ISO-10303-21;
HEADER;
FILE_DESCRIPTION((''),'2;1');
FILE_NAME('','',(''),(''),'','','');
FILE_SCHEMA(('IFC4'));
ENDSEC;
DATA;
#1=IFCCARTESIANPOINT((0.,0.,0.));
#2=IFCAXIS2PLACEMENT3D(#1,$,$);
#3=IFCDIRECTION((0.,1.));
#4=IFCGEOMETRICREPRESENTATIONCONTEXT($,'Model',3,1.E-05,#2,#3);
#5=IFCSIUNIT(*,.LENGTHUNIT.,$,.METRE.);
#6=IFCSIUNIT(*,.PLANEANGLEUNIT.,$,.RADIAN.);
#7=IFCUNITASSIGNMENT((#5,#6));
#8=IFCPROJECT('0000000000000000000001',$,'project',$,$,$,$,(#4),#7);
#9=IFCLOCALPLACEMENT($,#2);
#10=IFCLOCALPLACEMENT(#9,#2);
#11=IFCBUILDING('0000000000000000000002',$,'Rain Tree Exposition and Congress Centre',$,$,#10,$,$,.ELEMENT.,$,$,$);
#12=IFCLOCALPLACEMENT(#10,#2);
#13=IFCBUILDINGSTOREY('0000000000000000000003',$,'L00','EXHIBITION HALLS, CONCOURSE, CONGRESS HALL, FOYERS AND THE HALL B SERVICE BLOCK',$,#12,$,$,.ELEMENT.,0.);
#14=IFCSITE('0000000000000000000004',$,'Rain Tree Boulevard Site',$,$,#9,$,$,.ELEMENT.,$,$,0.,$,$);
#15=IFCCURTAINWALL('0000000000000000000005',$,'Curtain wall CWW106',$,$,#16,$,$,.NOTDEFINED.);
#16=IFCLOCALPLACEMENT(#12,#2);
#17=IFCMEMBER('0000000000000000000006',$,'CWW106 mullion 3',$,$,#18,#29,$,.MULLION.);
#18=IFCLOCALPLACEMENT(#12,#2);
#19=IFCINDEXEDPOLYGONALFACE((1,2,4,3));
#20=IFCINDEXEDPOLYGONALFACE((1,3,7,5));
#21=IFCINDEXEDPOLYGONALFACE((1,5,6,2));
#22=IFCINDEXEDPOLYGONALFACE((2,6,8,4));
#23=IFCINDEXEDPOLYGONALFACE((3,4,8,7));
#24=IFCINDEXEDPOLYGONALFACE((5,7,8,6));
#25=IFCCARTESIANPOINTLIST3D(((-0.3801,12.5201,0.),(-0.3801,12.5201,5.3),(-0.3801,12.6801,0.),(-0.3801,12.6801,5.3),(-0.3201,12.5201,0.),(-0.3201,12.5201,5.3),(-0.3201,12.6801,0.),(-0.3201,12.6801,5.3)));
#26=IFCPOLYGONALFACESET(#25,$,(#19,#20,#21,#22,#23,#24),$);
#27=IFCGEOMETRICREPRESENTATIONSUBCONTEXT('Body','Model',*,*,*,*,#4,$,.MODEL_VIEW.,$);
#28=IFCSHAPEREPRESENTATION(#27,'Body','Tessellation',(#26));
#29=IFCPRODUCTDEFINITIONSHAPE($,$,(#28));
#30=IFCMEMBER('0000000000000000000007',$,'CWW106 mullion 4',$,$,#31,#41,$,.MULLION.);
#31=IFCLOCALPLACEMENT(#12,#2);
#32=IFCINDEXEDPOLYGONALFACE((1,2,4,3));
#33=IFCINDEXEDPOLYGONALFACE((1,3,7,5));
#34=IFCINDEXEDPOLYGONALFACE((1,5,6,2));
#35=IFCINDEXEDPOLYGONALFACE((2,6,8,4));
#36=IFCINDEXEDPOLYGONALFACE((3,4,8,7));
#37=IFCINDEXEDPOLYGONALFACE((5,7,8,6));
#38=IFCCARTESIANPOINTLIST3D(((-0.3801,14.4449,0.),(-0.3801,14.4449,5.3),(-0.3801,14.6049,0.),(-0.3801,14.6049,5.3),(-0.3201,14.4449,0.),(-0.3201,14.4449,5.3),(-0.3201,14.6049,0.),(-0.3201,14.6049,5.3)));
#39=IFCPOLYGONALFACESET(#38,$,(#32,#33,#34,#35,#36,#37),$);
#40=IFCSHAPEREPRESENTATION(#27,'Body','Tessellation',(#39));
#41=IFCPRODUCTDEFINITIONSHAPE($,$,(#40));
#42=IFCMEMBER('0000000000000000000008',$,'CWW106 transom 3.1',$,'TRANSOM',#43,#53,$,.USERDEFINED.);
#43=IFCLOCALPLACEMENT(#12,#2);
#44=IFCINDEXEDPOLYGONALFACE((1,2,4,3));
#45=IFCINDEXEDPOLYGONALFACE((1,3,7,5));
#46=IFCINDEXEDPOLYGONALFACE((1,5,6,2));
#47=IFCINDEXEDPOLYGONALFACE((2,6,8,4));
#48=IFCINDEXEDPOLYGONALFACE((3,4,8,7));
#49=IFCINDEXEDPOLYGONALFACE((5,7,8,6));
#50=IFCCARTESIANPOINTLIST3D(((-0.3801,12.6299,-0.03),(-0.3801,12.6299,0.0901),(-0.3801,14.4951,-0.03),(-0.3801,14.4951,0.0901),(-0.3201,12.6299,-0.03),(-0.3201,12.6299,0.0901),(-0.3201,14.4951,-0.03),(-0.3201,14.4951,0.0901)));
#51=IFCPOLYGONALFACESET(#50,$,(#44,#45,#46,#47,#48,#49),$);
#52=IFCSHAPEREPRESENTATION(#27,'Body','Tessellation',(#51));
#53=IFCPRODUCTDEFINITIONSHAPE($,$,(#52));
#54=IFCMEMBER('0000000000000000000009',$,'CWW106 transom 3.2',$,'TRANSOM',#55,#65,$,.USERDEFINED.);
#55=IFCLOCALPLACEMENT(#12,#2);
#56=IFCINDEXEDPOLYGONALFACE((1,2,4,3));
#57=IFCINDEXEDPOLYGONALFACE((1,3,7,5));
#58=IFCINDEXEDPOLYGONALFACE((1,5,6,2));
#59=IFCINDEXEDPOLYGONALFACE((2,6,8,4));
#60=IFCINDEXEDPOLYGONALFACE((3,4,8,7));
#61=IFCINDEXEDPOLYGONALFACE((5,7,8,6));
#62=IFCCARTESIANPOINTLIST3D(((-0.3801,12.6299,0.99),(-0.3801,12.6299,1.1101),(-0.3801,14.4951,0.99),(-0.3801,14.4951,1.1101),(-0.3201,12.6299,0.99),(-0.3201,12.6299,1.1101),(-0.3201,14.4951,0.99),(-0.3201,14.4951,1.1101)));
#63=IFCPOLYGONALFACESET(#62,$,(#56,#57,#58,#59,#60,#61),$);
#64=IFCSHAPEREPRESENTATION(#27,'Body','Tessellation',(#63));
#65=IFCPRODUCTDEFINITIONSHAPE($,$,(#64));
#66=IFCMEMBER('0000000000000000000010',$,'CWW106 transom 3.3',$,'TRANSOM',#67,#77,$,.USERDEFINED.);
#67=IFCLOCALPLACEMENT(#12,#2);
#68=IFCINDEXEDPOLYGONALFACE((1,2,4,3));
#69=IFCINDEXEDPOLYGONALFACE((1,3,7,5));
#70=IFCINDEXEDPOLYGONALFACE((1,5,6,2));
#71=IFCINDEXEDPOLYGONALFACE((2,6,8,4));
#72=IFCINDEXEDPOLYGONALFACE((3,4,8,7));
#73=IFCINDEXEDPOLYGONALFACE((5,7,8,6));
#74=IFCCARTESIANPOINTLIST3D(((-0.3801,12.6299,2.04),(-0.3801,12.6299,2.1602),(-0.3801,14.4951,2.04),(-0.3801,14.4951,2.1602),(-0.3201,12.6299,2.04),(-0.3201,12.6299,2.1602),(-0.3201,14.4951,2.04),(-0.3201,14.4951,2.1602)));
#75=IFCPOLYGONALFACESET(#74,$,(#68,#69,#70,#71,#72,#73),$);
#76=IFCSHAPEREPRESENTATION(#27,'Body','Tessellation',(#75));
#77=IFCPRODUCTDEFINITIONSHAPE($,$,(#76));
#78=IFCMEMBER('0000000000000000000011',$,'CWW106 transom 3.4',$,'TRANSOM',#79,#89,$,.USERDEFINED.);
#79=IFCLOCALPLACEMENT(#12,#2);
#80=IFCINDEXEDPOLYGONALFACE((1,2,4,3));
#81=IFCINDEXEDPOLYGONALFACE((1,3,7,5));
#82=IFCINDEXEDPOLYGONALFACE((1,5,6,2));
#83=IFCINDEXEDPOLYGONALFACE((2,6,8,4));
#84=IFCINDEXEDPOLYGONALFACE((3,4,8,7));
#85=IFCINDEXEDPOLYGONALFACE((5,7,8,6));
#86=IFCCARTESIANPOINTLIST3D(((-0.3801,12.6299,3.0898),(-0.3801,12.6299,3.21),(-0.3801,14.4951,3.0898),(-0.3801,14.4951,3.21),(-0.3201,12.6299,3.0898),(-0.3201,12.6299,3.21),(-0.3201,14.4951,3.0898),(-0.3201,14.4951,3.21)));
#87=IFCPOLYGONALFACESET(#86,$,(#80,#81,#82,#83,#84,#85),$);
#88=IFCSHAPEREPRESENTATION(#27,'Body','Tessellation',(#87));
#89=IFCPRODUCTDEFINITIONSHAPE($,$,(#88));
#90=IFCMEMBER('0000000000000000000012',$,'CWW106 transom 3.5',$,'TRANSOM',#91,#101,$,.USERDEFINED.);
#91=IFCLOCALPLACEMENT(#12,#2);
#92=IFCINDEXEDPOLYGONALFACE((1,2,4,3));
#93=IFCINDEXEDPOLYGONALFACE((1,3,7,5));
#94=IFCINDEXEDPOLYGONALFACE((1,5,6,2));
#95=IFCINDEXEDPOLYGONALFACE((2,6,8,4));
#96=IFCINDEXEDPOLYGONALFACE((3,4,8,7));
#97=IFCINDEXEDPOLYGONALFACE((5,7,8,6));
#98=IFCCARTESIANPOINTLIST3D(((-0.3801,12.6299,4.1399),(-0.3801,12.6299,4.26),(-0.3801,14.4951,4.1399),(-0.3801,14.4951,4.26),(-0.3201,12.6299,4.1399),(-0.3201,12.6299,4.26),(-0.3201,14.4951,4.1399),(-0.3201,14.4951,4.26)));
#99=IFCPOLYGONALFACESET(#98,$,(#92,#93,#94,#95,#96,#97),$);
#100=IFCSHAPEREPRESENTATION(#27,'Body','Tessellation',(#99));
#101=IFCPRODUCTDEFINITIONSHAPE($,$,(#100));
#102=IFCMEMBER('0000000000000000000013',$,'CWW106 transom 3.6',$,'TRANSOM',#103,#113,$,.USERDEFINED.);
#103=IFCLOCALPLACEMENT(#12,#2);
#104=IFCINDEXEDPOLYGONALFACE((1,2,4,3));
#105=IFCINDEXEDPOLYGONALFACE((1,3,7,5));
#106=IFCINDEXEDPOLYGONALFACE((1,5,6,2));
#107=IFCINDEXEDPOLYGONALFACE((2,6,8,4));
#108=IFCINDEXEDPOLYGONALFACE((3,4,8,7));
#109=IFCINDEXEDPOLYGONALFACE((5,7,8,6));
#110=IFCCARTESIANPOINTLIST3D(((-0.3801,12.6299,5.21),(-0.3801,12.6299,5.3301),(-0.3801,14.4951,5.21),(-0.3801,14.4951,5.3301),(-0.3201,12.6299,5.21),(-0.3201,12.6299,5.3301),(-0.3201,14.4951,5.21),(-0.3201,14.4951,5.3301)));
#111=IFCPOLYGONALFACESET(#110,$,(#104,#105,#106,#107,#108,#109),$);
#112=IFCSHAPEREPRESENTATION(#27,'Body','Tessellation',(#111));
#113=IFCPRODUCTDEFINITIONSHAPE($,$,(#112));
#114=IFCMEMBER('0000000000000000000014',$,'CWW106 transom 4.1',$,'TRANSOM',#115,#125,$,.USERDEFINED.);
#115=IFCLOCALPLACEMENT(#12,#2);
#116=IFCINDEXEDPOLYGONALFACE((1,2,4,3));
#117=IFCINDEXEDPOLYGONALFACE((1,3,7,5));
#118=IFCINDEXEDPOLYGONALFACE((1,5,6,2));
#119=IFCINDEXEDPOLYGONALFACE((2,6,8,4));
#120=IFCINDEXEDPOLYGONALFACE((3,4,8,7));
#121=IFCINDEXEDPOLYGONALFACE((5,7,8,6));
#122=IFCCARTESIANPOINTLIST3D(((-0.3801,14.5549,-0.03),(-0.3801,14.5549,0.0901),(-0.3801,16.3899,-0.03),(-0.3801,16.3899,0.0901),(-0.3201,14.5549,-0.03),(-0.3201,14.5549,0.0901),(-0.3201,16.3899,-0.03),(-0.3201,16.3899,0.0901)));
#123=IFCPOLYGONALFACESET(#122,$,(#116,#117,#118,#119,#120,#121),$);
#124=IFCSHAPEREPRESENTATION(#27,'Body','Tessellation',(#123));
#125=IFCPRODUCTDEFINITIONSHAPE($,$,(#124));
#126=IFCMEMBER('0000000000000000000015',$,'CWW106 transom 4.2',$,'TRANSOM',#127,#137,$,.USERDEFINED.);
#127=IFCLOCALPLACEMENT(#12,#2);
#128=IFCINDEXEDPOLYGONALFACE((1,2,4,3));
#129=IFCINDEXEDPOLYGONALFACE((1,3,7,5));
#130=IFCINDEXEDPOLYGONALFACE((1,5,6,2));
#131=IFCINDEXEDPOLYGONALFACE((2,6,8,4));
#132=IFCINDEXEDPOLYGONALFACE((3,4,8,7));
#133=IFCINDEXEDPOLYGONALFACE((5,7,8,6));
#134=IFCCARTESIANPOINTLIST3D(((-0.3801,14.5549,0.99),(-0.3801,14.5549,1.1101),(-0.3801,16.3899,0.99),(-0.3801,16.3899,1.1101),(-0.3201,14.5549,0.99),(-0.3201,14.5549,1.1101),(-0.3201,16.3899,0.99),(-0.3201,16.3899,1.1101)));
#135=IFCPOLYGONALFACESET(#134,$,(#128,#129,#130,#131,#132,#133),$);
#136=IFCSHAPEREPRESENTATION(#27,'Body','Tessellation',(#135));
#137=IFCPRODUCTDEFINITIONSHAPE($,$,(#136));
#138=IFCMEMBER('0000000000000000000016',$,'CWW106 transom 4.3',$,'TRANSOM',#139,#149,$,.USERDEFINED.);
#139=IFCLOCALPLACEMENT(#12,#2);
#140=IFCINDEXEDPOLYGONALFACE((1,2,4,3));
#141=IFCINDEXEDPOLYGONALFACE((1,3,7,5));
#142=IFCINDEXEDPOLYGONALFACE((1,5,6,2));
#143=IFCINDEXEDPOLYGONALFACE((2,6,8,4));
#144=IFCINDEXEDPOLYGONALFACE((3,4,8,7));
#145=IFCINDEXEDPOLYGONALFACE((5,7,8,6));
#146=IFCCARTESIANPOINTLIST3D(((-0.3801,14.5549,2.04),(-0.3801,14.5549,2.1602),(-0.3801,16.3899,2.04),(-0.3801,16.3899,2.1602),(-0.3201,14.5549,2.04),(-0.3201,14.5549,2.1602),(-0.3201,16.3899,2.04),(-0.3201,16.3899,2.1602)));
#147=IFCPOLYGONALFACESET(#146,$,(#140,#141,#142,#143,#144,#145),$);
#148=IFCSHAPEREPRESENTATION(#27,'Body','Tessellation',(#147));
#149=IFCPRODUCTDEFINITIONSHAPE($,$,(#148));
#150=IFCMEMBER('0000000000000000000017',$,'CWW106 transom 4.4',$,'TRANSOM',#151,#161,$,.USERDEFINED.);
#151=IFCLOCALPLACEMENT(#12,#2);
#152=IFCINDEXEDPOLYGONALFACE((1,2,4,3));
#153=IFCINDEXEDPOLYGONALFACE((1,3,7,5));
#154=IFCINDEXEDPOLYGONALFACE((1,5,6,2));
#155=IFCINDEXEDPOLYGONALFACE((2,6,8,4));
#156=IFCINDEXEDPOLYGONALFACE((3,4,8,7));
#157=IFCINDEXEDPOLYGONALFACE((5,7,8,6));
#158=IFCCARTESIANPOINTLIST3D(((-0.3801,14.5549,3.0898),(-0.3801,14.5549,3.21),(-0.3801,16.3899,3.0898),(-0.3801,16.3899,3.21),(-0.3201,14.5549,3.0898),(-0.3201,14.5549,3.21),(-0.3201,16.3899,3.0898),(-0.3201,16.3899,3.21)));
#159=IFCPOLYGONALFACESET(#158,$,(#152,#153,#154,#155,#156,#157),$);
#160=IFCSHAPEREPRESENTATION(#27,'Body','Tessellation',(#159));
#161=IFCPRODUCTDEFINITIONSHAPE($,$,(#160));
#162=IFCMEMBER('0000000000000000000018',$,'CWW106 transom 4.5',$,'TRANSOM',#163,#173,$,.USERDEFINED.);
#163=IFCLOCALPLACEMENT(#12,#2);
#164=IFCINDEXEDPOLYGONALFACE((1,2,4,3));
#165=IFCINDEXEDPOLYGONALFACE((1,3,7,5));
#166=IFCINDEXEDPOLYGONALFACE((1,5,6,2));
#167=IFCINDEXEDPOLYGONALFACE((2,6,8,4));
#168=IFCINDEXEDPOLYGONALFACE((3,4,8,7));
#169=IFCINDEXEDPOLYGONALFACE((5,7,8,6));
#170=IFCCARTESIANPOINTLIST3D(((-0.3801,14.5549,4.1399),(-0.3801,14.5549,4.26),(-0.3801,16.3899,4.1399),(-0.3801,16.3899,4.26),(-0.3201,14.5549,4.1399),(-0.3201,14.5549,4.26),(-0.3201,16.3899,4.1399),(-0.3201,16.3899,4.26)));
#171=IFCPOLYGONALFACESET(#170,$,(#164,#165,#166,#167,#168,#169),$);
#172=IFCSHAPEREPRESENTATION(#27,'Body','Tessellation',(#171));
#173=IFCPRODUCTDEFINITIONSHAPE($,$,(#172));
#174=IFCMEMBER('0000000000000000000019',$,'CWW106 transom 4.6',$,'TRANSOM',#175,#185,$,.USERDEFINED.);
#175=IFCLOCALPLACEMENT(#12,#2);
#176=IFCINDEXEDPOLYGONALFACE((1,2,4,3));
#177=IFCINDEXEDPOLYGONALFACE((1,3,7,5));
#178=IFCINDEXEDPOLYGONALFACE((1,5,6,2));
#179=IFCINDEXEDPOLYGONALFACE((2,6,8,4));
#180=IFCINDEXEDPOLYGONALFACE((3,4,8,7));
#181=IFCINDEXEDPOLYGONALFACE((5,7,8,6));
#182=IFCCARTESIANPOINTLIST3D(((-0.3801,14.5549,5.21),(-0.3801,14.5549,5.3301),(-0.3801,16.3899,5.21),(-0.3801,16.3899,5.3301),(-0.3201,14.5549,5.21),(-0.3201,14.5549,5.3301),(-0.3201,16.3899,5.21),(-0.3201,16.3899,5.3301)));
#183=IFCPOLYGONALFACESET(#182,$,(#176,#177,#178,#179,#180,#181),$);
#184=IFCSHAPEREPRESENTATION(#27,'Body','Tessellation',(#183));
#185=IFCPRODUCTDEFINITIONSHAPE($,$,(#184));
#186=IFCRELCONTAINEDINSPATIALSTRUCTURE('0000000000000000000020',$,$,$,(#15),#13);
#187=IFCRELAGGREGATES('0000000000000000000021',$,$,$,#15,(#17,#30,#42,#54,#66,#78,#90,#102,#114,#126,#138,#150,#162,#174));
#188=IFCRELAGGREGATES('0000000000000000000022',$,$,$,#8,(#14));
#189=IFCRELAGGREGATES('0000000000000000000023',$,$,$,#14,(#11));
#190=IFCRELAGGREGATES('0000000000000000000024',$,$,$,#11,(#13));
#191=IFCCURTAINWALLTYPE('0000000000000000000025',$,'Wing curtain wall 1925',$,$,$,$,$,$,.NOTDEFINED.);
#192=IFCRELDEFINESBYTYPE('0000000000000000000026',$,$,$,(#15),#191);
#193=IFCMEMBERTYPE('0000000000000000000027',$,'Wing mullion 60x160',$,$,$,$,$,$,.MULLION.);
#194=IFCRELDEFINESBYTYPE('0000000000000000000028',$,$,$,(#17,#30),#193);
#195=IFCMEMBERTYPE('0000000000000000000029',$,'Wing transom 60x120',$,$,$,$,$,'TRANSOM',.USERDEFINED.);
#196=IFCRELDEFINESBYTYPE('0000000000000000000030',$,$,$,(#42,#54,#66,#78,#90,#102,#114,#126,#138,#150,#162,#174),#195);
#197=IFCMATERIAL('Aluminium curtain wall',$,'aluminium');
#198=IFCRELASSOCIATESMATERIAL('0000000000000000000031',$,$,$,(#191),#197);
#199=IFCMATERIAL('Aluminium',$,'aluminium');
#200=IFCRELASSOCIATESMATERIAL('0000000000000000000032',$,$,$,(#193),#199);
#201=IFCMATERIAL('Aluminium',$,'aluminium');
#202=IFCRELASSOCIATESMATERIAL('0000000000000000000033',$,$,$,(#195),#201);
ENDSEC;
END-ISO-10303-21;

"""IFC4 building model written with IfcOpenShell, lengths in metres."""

from ifc_helpers import new_model, si_unit, direction, frame, origin, origin_2d, place, context, subcontext, project, spatial, rectangle, extrude, material, material_profile, profile_set, type_object, element, aggregate, save


model = new_model("IFC4")

# Units and contexts
model_context = context("Model", 3, precision=1e-05, world=origin(), true_north=direction((0.0, 1.0)))
body_context = subcontext(model_context, "Body", "Model", "MODEL_VIEW")
ifc_project = project(units=[si_unit("LENGTHUNIT", "METRE"), si_unit("PLANEANGLEUNIT", "RADIAN")], contexts=[model_context])

# Site, building, storey
site_placement = place(None, origin())
site = spatial("IfcSite", under=ifc_project, at=site_placement, Name="Rain Tree Boulevard Site", CompositionType="ELEMENT", RefElevation=0.0)
building_placement = place(site_placement, origin())
building = spatial("IfcBuilding", under=site, at=building_placement, Name="Rain Tree Exposition and Congress Centre", CompositionType="ELEMENT")
storey_placement = place(building_placement, origin())
storey = spatial("IfcBuildingStorey", under=building, at=storey_placement, Name="L00", Description="EXHIBITION HALLS, CONCOURSE, CONGRESS HALL, FOYERS AND THE HALL B SERVICE BLOCK", CompositionType="ELEMENT", Elevation=0.0)

# Curtain wall, members
ifc_material_1 = material(Name="Aluminium curtain wall", Category="aluminium")
curtain_wall_type = type_object("IfcCurtainWallType", Name="Wing curtain wall 1925", PredefinedType="NOTDEFINED", material=ifc_material_1)
curtain_wall_placement = place(storey_placement, origin())
curtain_wall = element("IfcCurtainWall", 1, at=curtain_wall_placement, inside=storey, type_object=curtain_wall_type, Name="Curtain wall CWW106", PredefinedType="NOTDEFINED")
ifc_material_2 = material(Name="Aluminium", Category="aluminium")
ifc_material_profile_1 = material_profile(ifc_material_2, rectangle(XDim=0.0601, YDim=0.1599, at=origin_2d()), Name="Aluminium 60x160")
ifc_profile_set_1 = profile_set([ifc_material_profile_1], Name="Aluminium")
member_type_1 = type_object("IfcMemberType", Name="Wing mullion 60x160", PredefinedType="MULLION", material=ifc_profile_set_1)
member_1_placement = place(storey_placement, frame((-0.3501, 12.6001, 0.0), z_axis=(0.0, 0.0, 1.0), x_axis=(-1.0, 0.0, 0.0)))
member_1 = element("IfcMember", 2, at=member_1_placement, type_object=member_type_1, Name="CWW106 mullion 3", PredefinedType="MULLION", context=body_context, shape_type="SweptSolid", body=[
    extrude(rectangle(XDim=0.0601, YDim=0.1599, at=origin_2d()), origin(), (0.0, 0.0, 1.0), 5.3),
])
member_2_placement = place(storey_placement, frame((-0.3501, 14.5249, 0.0), z_axis=(0.0, 0.0, 1.0), x_axis=(-1.0, 0.0, 0.0)))
member_2 = element("IfcMember", 3, at=member_2_placement, type_object=member_type_1, Name="CWW106 mullion 4", PredefinedType="MULLION", context=body_context, shape_type="SweptSolid", body=[
    extrude(rectangle(XDim=0.0601, YDim=0.1599, at=origin_2d()), origin(), (0.0, 0.0, 1.0), 5.3),
])
ifc_material_3 = material(Name="Aluminium", Category="aluminium")
ifc_material_profile_2 = material_profile(ifc_material_3, rectangle(XDim=0.0601, YDim=0.1201, at=origin_2d()), Name="Aluminium 60x120")
ifc_profile_set_2 = profile_set([ifc_material_profile_2], Name="Aluminium")
member_type_2 = type_object("IfcMemberType", Name="Wing transom 60x120", ElementType="TRANSOM", PredefinedType="USERDEFINED", material=ifc_profile_set_2)
member_3_placement = place(storey_placement, frame((-0.3501, 12.6299, 0.03), z_axis=(0.0, 1.0, 0.0), x_axis=(-1.0, 0.0, 0.0)))
member_3 = element("IfcMember", 4, at=member_3_placement, type_object=member_type_2, Name="CWW106 transom 3.1", ObjectType="TRANSOM", PredefinedType="USERDEFINED", context=body_context, shape_type="SweptSolid", body=[
    extrude(rectangle(XDim=0.0601, YDim=0.1201, at=origin_2d()), origin(), (0.0, 0.0, 1.0), 1.8652),
])
member_4_placement = place(storey_placement, frame((-0.3501, 12.6299, 1.05), z_axis=(0.0, 1.0, 0.0), x_axis=(-1.0, 0.0, 0.0)))
member_4 = element("IfcMember", 5, at=member_4_placement, type_object=member_type_2, Name="CWW106 transom 3.2", ObjectType="TRANSOM", PredefinedType="USERDEFINED", context=body_context, shape_type="SweptSolid", body=[
    extrude(rectangle(XDim=0.0601, YDim=0.1201, at=origin_2d()), origin(), (0.0, 0.0, 1.0), 1.8652),
])
member_5_placement = place(storey_placement, frame((-0.3501, 12.6299, 2.1001), z_axis=(0.0, 1.0, 0.0), x_axis=(-1.0, 0.0, 0.0)))
member_5 = element("IfcMember", 6, at=member_5_placement, type_object=member_type_2, Name="CWW106 transom 3.3", ObjectType="TRANSOM", PredefinedType="USERDEFINED", context=body_context, shape_type="SweptSolid", body=[
    extrude(rectangle(XDim=0.0601, YDim=0.1201, at=origin_2d()), origin(), (0.0, 0.0, 1.0), 1.8652),
])
member_6_placement = place(storey_placement, frame((-0.3501, 12.6299, 3.1499), z_axis=(0.0, 1.0, 0.0), x_axis=(-1.0, 0.0, 0.0)))
member_6 = element("IfcMember", 7, at=member_6_placement, type_object=member_type_2, Name="CWW106 transom 3.4", ObjectType="TRANSOM", PredefinedType="USERDEFINED", context=body_context, shape_type="SweptSolid", body=[
    extrude(rectangle(XDim=0.0601, YDim=0.1201, at=origin_2d()), origin(), (0.0, 0.0, 1.0), 1.8652),
])
member_7_placement = place(storey_placement, frame((-0.3501, 12.6299, 4.2), z_axis=(0.0, 1.0, 0.0), x_axis=(-1.0, 0.0, 0.0)))
member_7 = element("IfcMember", 8, at=member_7_placement, type_object=member_type_2, Name="CWW106 transom 3.5", ObjectType="TRANSOM", PredefinedType="USERDEFINED", context=body_context, shape_type="SweptSolid", body=[
    extrude(rectangle(XDim=0.0601, YDim=0.1201, at=origin_2d()), origin(), (0.0, 0.0, 1.0), 1.8652),
])
member_8_placement = place(storey_placement, frame((-0.3501, 12.6299, 5.27), z_axis=(0.0, 1.0, 0.0), x_axis=(-1.0, 0.0, 0.0)))
member_8 = element("IfcMember", 9, at=member_8_placement, type_object=member_type_2, Name="CWW106 transom 3.6", ObjectType="TRANSOM", PredefinedType="USERDEFINED", context=body_context, shape_type="SweptSolid", body=[
    extrude(rectangle(XDim=0.0601, YDim=0.1201, at=origin_2d()), origin(), (0.0, 0.0, 1.0), 1.8652),
])
member_9_placement = place(storey_placement, frame((-0.3501, 14.5549, 0.03), z_axis=(0.0, 1.0, 0.0), x_axis=(-1.0, 0.0, 0.0)))
member_9 = element("IfcMember", 10, at=member_9_placement, type_object=member_type_2, Name="CWW106 transom 4.1", ObjectType="TRANSOM", PredefinedType="USERDEFINED", context=body_context, shape_type="SweptSolid", body=[
    extrude(rectangle(XDim=0.0601, YDim=0.1201, at=origin_2d()), origin(), (0.0, 0.0, 1.0), 1.835),
])
member_10_placement = place(storey_placement, frame((-0.3501, 14.5549, 1.05), z_axis=(0.0, 1.0, 0.0), x_axis=(-1.0, 0.0, 0.0)))
member_10 = element("IfcMember", 11, at=member_10_placement, type_object=member_type_2, Name="CWW106 transom 4.2", ObjectType="TRANSOM", PredefinedType="USERDEFINED", context=body_context, shape_type="SweptSolid", body=[
    extrude(rectangle(XDim=0.0601, YDim=0.1201, at=origin_2d()), origin(), (0.0, 0.0, 1.0), 1.835),
])
member_11_placement = place(storey_placement, frame((-0.3501, 14.5549, 2.1001), z_axis=(0.0, 1.0, 0.0), x_axis=(-1.0, 0.0, 0.0)))
member_11 = element("IfcMember", 12, at=member_11_placement, type_object=member_type_2, Name="CWW106 transom 4.3", ObjectType="TRANSOM", PredefinedType="USERDEFINED", context=body_context, shape_type="SweptSolid", body=[
    extrude(rectangle(XDim=0.0601, YDim=0.1201, at=origin_2d()), origin(), (0.0, 0.0, 1.0), 1.835),
])
member_12_placement = place(storey_placement, frame((-0.3501, 14.5549, 3.1499), z_axis=(0.0, 1.0, 0.0), x_axis=(-1.0, 0.0, 0.0)))
member_12 = element("IfcMember", 13, at=member_12_placement, type_object=member_type_2, Name="CWW106 transom 4.4", ObjectType="TRANSOM", PredefinedType="USERDEFINED", context=body_context, shape_type="SweptSolid", body=[
    extrude(rectangle(XDim=0.0601, YDim=0.1201, at=origin_2d()), origin(), (0.0, 0.0, 1.0), 1.835),
])
member_13_placement = place(storey_placement, frame((-0.3501, 14.5549, 4.2), z_axis=(0.0, 1.0, 0.0), x_axis=(-1.0, 0.0, 0.0)))
member_13 = element("IfcMember", 14, at=member_13_placement, type_object=member_type_2, Name="CWW106 transom 4.5", ObjectType="TRANSOM", PredefinedType="USERDEFINED", context=body_context, shape_type="SweptSolid", body=[
    extrude(rectangle(XDim=0.0601, YDim=0.1201, at=origin_2d()), origin(), (0.0, 0.0, 1.0), 1.835),
])
member_14_placement = place(storey_placement, frame((-0.3501, 14.5549, 5.27), z_axis=(0.0, 1.0, 0.0), x_axis=(-1.0, 0.0, 0.0)))
member_14 = element("IfcMember", 15, at=member_14_placement, type_object=member_type_2, Name="CWW106 transom 4.6", ObjectType="TRANSOM", PredefinedType="USERDEFINED", context=body_context, shape_type="SweptSolid", body=[
    extrude(rectangle(XDim=0.0601, YDim=0.1201, at=origin_2d()), origin(), (0.0, 0.0, 1.0), 1.835),
])
aggregate(curtain_wall, [member_1, member_2, member_3, member_4, member_5, member_6, member_7, member_8, member_9, member_10, member_11, member_12, member_13, member_14])

save(model, "model.ifc")
